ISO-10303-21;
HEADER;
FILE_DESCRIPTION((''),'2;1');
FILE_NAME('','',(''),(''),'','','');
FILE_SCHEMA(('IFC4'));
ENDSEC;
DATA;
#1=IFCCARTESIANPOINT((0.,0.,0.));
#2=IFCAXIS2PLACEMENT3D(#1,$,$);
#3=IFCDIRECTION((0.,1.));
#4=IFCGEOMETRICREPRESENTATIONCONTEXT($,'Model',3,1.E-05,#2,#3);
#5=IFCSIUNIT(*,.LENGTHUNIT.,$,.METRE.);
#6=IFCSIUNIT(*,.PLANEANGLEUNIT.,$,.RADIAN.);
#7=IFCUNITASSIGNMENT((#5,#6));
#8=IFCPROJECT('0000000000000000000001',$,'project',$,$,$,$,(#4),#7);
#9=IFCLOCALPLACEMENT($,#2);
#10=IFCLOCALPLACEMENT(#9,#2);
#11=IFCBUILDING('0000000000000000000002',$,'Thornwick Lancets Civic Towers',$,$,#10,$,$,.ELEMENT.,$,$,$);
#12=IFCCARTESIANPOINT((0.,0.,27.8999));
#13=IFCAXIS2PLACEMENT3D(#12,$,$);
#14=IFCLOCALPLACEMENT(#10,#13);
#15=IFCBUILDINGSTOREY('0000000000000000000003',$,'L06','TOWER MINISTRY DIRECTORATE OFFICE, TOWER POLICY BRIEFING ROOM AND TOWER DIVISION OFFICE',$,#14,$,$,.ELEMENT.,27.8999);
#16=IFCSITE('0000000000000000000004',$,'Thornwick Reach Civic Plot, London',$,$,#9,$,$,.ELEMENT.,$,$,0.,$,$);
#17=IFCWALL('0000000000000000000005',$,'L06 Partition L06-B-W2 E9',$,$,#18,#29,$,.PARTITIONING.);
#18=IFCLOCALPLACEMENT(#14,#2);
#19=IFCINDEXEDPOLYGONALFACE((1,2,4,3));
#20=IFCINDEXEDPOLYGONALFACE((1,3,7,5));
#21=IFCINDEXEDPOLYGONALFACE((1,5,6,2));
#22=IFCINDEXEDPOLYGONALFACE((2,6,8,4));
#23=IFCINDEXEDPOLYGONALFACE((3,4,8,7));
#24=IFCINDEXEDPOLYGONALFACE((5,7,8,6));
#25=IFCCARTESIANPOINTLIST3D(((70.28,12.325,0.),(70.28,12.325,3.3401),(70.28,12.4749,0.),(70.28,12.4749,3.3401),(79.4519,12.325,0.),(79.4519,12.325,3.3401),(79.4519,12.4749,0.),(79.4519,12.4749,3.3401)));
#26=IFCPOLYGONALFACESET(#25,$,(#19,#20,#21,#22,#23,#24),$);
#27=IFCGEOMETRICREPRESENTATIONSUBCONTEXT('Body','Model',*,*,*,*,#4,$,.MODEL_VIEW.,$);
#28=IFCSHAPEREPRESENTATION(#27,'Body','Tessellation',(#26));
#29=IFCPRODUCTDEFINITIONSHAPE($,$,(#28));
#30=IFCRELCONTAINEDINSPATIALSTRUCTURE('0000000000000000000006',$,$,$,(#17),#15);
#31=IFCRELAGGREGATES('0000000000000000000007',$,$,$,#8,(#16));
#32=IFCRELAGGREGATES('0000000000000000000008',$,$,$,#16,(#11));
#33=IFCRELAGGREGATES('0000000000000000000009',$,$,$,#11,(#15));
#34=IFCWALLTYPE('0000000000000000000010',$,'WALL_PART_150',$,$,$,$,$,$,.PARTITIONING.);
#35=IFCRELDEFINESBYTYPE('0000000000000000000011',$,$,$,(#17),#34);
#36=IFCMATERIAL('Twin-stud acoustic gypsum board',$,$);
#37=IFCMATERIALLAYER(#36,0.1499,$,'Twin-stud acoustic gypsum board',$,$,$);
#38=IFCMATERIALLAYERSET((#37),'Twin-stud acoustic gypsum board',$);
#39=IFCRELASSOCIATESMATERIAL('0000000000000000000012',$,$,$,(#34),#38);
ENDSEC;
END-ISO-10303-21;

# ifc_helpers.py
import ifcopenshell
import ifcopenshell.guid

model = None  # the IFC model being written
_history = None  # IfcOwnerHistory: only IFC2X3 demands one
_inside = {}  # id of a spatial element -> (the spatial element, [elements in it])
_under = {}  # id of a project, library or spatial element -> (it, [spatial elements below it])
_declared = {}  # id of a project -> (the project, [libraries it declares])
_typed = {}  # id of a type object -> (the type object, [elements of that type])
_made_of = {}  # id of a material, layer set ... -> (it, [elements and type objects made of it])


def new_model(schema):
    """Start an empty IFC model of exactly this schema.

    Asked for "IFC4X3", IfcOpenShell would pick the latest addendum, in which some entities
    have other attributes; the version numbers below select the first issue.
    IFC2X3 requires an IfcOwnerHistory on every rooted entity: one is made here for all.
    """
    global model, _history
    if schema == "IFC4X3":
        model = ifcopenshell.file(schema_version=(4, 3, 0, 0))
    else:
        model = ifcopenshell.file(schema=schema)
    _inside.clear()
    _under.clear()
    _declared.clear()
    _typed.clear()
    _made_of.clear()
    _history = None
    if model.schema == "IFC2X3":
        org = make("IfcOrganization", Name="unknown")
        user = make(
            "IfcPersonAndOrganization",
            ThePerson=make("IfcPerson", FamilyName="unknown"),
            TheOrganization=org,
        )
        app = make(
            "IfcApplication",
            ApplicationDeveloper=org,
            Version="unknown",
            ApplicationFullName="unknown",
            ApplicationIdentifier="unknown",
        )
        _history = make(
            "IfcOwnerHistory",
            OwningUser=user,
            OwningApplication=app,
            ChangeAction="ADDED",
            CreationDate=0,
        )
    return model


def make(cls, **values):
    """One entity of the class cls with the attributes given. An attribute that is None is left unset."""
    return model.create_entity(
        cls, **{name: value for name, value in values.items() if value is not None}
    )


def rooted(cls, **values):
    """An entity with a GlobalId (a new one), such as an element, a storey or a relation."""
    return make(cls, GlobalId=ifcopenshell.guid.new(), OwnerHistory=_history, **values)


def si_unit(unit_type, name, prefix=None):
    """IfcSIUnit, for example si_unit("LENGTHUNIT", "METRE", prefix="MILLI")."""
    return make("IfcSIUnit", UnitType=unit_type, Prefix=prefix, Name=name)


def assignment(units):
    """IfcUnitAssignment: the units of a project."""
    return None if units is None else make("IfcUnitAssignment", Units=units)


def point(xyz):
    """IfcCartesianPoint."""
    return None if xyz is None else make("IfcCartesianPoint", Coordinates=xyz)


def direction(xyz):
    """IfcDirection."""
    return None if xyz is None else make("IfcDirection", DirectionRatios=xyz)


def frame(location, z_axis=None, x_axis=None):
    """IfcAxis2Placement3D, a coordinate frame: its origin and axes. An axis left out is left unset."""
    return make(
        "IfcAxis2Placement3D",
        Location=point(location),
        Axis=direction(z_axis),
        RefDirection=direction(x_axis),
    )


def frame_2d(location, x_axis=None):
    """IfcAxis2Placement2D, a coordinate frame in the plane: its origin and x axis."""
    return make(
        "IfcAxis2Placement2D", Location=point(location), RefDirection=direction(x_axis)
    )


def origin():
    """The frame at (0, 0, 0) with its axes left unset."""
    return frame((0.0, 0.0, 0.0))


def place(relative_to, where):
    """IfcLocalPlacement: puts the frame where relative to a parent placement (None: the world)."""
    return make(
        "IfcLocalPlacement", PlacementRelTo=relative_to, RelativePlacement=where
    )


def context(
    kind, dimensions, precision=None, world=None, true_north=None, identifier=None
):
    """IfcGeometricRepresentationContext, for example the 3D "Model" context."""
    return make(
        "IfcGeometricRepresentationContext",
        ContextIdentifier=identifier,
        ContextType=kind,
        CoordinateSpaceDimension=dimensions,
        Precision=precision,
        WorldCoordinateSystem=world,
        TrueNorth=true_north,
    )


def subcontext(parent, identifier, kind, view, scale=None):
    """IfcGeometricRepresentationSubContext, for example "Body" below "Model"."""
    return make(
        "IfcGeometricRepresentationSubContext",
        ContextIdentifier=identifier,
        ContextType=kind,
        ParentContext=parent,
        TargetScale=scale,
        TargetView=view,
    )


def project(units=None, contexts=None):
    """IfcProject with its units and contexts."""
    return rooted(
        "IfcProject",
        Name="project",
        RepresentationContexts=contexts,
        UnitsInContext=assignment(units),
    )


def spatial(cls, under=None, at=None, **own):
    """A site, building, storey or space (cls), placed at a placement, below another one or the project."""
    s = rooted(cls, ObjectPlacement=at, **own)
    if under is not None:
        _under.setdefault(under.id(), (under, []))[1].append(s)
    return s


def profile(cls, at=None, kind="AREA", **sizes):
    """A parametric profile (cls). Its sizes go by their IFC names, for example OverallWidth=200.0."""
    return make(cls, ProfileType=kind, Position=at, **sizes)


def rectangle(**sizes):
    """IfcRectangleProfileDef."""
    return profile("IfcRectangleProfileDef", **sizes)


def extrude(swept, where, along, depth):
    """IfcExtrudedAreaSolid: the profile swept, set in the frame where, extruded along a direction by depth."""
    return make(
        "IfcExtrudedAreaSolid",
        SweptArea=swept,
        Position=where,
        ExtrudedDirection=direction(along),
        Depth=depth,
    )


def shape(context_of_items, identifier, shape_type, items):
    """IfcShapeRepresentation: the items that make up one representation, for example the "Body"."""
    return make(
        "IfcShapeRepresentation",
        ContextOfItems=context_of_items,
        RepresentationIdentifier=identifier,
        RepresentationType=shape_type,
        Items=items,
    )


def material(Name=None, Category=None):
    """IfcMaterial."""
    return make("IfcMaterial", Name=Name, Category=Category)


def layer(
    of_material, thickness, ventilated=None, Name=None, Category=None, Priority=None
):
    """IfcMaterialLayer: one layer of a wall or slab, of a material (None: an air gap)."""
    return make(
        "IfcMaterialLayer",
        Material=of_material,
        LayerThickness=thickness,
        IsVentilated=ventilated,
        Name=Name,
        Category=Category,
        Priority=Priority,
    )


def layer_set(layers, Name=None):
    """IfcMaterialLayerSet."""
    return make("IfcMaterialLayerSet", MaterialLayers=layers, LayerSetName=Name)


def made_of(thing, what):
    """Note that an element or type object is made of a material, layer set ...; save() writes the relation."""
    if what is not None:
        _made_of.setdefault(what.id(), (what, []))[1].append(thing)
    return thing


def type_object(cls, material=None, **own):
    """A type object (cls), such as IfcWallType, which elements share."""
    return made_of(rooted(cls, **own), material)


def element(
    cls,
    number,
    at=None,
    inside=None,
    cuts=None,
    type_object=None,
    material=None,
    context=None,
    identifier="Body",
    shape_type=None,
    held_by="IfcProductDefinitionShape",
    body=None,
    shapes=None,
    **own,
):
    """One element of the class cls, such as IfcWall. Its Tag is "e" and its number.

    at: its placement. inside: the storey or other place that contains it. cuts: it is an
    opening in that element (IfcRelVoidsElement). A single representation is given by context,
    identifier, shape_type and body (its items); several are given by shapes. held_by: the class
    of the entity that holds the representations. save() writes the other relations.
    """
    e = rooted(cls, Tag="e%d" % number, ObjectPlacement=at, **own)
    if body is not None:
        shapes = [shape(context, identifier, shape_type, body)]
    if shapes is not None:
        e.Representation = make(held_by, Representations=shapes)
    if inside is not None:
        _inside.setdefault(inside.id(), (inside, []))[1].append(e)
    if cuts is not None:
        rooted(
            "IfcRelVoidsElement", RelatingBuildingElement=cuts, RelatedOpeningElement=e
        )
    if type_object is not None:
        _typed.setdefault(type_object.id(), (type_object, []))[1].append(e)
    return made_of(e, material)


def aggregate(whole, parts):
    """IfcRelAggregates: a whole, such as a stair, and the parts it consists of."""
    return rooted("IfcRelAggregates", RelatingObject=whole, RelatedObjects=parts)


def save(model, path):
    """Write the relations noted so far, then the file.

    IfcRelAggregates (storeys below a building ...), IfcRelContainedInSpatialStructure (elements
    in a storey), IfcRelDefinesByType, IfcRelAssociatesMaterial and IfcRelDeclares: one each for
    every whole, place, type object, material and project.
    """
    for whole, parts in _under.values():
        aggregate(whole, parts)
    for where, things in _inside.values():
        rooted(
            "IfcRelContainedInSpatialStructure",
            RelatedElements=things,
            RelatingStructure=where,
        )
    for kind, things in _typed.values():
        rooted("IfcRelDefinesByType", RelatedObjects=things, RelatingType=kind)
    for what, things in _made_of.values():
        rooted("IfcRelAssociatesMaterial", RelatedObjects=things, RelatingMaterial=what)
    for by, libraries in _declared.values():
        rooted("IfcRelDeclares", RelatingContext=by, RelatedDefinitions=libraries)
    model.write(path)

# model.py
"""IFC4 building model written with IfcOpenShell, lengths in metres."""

from ifc_helpers import new_model, si_unit, direction, frame, frame_2d, origin, place, context, subcontext, project, spatial, rectangle, extrude, material, layer, layer_set, type_object, element, save


model = new_model("IFC4")

# Units and contexts
model_context = context("Model", 3, precision=1e-05, world=origin(), true_north=direction((0.0, 1.0)))
body_context = subcontext(model_context, "Body", "Model", "MODEL_VIEW")
ifc_project = project(units=[si_unit("LENGTHUNIT", "METRE"), si_unit("PLANEANGLEUNIT", "RADIAN")], contexts=[model_context])

# Site, building, storey
site_placement = place(None, origin())
site = spatial("IfcSite", under=ifc_project, at=site_placement, Name="Thornwick Reach Civic Plot, London", CompositionType="ELEMENT", RefElevation=0.0)
building_placement = place(site_placement, origin())
building = spatial("IfcBuilding", under=site, at=building_placement, Name="Thornwick Lancets Civic Towers", CompositionType="ELEMENT")
storey_placement = place(building_placement, frame((0.0, 0.0, 27.8999)))
storey = spatial("IfcBuildingStorey", under=building, at=storey_placement, Name="L06", Description="TOWER MINISTRY DIRECTORATE OFFICE, TOWER POLICY BRIEFING ROOM AND TOWER DIVISION OFFICE", CompositionType="ELEMENT", Elevation=27.8999)

# Wall
ifc_material_1 = material(Name="Twin-stud acoustic gypsum board")
ifc_layer_1 = layer(ifc_material_1, 0.1499, Name="Twin-stud acoustic gypsum board")
ifc_layer_set_1 = layer_set([ifc_layer_1], Name="Twin-stud acoustic gypsum board")
wall_type_1 = type_object("IfcWallType", Name="WALL_PART_150", PredefinedType="PARTITIONING", material=ifc_layer_set_1)
wall_1_placement = place(storey_placement, frame((70.28, 12.3999, 0.0), z_axis=(0.0, 0.0, 1.0), x_axis=(1.0, 0.0, 0.0)))
element("IfcWall", 1, at=wall_1_placement, inside=storey, type_object=wall_type_1, Name="L06 Partition L06-B-W2 E9", PredefinedType="PARTITIONING", context=body_context, shape_type="SweptSolid", body=[
    extrude(rectangle(XDim=9.1719, YDim=0.1499, at=frame_2d((4.5859, 0.0))), origin(), (0.0, 0.0, 1.0), 3.3401),
])

save(model, "model.ifc")
